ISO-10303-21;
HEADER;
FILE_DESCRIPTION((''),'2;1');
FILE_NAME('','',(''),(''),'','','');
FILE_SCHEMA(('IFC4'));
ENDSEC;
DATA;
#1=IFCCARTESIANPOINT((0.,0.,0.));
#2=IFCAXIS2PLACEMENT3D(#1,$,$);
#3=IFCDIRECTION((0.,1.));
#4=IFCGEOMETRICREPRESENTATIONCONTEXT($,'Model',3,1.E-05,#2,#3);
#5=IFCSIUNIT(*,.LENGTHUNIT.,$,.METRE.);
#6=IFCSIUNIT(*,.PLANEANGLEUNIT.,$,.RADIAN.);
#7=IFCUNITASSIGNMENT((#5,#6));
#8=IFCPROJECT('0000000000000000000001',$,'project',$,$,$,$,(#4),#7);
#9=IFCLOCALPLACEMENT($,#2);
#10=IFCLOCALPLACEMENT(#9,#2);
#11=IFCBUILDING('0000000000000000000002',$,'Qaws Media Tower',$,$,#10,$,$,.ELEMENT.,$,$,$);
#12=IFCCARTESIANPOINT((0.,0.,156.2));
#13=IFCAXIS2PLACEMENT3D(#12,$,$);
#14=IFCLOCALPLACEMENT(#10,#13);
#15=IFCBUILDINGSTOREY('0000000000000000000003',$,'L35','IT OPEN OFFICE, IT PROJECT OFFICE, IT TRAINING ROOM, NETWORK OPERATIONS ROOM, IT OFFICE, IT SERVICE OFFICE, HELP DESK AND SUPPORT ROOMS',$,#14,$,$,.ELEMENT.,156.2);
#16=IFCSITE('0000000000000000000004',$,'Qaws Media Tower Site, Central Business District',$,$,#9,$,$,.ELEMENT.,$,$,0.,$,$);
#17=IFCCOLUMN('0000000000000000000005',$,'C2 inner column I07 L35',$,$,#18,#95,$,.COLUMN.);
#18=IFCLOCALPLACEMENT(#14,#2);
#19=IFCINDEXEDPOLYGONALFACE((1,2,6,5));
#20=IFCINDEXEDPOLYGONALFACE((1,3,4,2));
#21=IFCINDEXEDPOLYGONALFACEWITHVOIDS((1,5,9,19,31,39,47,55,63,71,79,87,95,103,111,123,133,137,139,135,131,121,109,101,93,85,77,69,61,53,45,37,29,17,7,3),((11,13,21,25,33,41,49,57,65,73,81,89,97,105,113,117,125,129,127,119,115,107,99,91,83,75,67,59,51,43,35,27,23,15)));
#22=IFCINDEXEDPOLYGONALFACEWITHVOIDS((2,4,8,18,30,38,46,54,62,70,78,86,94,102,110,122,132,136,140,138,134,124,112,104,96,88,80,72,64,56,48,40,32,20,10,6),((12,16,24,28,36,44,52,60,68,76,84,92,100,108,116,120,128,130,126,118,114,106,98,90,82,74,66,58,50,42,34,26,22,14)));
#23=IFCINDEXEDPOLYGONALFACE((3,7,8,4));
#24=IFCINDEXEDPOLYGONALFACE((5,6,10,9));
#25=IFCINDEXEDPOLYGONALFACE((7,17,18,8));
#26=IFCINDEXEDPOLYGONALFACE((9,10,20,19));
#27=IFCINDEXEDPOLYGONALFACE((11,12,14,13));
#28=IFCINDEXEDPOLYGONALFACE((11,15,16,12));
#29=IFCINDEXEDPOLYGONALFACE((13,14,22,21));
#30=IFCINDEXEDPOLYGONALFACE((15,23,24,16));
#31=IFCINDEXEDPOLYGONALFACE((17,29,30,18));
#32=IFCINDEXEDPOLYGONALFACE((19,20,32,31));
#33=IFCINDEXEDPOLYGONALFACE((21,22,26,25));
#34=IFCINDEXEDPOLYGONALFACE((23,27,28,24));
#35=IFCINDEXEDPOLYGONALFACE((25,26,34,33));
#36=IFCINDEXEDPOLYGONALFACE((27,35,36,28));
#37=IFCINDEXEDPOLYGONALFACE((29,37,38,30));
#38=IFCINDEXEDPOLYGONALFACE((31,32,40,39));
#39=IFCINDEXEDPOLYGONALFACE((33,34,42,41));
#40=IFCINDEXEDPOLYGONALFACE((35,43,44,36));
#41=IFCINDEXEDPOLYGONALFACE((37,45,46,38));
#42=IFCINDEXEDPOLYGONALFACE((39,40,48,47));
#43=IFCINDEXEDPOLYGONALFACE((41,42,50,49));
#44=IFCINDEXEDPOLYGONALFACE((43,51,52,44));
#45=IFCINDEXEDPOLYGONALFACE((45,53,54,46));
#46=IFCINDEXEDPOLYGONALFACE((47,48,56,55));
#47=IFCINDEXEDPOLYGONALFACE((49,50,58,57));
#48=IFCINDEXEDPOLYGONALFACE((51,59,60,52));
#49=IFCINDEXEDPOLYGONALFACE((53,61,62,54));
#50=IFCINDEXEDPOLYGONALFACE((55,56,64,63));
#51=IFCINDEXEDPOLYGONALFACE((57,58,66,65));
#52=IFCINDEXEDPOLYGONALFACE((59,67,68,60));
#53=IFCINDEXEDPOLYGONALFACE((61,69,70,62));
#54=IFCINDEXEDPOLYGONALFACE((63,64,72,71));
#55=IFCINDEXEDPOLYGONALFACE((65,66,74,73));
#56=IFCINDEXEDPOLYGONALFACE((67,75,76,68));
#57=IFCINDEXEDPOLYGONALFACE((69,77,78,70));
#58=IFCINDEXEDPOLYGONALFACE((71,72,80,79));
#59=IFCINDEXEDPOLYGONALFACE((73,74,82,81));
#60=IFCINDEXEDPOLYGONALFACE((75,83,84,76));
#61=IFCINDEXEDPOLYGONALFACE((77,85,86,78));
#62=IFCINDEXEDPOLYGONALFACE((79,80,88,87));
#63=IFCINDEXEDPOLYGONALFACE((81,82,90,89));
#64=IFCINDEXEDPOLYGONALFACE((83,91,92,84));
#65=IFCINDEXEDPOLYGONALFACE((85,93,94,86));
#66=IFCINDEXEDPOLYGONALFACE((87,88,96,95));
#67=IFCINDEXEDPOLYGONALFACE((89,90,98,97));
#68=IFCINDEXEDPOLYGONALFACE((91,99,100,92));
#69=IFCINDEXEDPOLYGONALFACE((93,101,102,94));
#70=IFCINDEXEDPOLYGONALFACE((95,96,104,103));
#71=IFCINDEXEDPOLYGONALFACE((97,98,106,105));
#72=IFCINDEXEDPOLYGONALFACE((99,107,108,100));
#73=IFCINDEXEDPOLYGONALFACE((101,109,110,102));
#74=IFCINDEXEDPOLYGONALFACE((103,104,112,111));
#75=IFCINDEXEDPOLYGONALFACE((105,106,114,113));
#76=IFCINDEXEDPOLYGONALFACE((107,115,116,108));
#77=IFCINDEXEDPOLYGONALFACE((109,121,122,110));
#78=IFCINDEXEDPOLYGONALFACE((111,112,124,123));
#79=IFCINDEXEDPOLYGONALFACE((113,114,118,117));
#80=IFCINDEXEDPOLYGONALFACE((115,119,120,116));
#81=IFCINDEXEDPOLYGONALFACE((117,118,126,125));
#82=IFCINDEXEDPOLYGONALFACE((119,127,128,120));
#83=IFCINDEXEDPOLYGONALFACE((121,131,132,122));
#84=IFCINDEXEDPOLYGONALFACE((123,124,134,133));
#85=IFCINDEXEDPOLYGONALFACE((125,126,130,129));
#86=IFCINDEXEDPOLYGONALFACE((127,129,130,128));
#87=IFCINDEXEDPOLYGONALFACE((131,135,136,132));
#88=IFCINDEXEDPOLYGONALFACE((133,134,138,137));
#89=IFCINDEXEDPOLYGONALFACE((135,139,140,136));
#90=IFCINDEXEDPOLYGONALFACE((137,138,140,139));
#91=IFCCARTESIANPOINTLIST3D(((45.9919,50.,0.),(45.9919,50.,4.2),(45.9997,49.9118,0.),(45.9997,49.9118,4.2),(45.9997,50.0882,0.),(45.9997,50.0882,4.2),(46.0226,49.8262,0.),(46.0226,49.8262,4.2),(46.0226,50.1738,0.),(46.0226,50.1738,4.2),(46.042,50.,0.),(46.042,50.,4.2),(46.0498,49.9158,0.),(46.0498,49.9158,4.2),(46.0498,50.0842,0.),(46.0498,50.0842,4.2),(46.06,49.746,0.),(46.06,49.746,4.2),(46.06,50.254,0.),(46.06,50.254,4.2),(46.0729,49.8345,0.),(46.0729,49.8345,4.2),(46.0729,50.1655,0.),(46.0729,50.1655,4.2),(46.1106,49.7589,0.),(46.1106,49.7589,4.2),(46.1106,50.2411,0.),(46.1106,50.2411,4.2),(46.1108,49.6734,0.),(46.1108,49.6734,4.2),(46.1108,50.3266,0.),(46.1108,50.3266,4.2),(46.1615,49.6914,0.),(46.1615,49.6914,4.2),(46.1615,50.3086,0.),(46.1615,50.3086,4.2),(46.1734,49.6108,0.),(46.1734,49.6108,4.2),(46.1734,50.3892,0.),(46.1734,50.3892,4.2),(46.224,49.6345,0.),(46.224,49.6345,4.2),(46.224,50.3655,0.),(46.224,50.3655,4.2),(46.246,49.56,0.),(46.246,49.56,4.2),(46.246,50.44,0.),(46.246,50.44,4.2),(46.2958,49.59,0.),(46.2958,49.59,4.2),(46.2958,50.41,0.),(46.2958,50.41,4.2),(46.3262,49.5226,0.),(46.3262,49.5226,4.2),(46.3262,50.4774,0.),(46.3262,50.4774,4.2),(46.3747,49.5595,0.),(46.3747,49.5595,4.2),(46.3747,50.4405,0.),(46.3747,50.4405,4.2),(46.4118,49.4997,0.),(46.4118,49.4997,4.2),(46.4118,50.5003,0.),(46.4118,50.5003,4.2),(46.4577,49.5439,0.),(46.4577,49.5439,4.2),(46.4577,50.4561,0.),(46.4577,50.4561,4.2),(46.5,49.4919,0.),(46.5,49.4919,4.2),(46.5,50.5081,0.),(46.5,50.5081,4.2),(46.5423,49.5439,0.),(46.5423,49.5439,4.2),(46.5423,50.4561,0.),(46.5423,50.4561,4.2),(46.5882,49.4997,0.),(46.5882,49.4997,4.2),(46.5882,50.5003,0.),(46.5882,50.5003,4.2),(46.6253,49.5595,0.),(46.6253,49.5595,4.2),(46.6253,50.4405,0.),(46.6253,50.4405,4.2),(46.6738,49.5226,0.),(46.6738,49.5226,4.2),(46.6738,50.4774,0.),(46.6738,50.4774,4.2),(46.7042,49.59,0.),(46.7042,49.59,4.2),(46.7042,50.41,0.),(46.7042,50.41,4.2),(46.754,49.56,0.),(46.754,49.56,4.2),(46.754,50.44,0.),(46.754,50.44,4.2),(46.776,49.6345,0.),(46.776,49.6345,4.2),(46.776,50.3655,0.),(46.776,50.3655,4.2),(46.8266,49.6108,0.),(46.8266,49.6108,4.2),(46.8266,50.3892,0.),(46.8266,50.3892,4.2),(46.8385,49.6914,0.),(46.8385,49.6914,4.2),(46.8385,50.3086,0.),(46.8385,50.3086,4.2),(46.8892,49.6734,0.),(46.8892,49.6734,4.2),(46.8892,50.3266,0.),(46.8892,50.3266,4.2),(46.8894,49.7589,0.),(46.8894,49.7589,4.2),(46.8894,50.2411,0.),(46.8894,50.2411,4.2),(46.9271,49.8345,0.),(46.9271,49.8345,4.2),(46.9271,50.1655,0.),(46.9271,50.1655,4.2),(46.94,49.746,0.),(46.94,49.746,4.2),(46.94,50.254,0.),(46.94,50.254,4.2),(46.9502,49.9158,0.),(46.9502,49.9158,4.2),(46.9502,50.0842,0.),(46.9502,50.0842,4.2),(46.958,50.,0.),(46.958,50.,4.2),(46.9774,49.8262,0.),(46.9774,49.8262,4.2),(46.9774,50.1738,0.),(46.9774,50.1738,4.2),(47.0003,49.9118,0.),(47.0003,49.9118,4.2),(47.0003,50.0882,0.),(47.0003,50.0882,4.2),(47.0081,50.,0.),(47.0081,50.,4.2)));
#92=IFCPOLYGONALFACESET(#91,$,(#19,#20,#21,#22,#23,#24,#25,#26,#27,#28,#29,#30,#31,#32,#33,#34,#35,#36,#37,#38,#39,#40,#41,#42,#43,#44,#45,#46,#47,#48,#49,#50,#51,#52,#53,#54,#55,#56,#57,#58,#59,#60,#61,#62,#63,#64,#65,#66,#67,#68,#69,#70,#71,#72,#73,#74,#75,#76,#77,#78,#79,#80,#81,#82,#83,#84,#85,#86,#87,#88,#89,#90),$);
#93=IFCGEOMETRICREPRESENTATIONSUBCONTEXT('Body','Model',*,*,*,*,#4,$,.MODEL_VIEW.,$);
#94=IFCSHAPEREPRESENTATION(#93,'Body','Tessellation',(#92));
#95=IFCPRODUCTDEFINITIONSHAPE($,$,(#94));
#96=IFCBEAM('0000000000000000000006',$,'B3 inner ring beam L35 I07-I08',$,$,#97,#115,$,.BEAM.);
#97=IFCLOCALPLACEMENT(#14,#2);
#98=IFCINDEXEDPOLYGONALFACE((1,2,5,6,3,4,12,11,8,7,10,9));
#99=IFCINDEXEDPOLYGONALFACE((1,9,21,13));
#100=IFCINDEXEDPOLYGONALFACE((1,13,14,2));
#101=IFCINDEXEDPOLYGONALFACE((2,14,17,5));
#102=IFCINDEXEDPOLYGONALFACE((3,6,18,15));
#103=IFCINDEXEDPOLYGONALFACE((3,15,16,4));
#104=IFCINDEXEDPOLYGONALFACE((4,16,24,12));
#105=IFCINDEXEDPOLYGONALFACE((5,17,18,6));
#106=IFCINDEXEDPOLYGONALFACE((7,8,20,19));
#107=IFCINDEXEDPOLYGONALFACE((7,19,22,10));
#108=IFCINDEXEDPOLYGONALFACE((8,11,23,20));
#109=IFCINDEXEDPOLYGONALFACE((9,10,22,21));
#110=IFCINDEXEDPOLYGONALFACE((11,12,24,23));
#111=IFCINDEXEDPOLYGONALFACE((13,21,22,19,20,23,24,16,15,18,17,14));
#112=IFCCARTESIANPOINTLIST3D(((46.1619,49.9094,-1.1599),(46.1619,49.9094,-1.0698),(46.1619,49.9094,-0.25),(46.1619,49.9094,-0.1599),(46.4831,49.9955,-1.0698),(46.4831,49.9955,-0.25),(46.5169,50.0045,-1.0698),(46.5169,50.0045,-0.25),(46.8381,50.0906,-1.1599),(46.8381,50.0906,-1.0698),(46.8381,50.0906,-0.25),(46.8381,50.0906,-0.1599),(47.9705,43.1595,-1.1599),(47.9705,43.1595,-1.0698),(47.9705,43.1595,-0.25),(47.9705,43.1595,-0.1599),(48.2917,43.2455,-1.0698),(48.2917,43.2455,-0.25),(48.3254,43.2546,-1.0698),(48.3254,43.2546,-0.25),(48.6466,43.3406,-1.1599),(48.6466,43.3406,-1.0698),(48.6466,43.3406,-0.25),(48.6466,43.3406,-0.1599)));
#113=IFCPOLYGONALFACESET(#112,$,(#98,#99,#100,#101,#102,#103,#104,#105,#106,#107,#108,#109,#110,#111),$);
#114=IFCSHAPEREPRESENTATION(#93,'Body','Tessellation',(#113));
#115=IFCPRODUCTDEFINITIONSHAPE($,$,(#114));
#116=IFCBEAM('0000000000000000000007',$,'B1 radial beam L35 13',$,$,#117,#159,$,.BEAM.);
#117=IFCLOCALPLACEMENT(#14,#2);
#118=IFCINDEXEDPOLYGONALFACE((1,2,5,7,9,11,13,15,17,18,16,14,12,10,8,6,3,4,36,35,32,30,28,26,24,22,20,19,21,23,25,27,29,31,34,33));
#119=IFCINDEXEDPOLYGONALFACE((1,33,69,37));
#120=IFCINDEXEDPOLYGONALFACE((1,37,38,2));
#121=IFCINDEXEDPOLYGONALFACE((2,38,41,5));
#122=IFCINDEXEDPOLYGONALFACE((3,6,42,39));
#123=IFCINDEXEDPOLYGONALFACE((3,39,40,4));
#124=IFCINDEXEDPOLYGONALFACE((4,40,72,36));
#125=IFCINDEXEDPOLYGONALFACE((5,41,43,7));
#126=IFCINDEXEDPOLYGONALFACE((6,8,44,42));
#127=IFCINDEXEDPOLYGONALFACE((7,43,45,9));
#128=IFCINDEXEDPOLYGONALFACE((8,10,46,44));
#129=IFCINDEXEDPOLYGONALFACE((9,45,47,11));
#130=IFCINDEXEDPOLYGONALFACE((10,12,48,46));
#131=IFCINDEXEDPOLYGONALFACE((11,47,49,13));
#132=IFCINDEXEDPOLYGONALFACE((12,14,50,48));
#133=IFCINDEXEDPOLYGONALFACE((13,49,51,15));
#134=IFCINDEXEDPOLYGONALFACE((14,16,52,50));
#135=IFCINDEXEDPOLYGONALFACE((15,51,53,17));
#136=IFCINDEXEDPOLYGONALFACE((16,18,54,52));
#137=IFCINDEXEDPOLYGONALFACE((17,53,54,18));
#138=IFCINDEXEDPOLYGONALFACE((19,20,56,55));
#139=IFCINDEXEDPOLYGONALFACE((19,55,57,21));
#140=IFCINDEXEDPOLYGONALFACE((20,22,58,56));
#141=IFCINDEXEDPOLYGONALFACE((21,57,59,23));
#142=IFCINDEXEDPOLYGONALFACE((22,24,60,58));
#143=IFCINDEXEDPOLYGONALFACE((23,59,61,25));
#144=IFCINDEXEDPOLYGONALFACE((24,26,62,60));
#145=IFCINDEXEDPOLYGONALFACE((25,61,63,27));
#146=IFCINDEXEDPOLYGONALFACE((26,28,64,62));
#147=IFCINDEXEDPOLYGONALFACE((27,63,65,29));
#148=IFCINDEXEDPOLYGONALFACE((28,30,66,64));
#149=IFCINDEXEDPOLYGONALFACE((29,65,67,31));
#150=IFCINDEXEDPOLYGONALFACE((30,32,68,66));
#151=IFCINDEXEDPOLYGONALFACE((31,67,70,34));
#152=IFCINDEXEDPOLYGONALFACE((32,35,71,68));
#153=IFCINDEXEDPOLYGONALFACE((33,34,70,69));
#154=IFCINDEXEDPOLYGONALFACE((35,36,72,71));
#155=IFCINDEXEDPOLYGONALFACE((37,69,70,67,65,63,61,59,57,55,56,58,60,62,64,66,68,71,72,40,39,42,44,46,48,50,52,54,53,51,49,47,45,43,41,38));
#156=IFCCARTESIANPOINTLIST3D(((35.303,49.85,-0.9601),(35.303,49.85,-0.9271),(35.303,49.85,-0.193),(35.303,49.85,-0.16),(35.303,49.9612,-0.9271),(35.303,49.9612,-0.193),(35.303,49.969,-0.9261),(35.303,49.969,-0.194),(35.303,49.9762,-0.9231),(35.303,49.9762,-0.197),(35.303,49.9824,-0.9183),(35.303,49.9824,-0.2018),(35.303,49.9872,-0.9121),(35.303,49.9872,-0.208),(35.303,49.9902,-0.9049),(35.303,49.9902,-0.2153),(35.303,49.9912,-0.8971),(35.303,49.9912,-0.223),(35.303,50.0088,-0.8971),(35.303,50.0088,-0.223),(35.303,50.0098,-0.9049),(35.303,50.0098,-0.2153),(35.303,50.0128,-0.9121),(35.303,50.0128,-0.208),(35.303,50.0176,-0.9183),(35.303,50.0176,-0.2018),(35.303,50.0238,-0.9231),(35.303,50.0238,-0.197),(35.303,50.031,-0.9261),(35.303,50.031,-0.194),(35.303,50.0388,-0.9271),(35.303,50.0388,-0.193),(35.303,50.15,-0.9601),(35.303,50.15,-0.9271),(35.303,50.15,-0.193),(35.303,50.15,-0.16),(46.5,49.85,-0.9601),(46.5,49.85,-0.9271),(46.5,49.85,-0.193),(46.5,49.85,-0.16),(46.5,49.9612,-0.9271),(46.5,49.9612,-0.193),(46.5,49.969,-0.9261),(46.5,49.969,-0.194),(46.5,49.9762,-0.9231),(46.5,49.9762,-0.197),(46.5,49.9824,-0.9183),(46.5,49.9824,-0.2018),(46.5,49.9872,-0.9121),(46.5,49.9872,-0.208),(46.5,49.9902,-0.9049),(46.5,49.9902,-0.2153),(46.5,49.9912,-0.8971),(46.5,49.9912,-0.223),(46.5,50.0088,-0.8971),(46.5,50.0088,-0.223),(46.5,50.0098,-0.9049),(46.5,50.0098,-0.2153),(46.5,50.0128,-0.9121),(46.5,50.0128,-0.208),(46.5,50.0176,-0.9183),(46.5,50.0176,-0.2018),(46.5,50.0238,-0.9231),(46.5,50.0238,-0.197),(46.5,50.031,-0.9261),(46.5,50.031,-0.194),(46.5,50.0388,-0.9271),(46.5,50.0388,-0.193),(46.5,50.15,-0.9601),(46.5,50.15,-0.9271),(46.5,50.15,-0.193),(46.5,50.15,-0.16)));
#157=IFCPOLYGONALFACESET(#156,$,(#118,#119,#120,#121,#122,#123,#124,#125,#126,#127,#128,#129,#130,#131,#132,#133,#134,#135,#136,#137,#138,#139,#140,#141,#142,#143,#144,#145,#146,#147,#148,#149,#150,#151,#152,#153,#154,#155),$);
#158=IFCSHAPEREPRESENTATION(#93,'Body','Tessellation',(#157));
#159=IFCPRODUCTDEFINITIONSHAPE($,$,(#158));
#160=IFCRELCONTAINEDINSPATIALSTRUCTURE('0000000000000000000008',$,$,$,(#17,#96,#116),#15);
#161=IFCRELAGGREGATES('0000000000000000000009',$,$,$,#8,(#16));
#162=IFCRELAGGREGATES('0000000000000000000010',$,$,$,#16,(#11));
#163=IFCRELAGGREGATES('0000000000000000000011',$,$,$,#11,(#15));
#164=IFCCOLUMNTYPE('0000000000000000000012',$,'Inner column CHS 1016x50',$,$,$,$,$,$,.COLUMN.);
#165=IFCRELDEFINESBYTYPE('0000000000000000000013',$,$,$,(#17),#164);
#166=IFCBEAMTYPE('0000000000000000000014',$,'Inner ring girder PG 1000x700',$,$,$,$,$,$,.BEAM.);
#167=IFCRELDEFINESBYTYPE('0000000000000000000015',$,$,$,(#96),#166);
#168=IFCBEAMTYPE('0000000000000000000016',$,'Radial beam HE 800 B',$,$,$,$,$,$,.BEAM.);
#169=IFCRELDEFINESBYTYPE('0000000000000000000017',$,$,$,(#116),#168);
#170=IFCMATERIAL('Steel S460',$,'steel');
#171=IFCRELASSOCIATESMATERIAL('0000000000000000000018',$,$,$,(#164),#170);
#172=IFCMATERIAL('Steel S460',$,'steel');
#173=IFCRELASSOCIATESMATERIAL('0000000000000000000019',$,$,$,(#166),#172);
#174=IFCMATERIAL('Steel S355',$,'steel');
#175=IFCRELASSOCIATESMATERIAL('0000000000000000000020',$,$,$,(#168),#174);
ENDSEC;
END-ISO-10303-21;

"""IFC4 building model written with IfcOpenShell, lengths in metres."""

from ifc_helpers import new_model, si_unit, direction, frame, origin, origin_2d, place, context, subcontext, project, spatial, hollow_circle, i_section, extrude, material, material_profile, profile_set, type_object, element, save


model = new_model("IFC4")

# Units and contexts
model_context = context("Model", 3, precision=1e-05, world=origin(), true_north=direction((0.0, 1.0)))
body_context = subcontext(model_context, "Body", "Model", "MODEL_VIEW")
ifc_project = project(units=[si_unit("LENGTHUNIT", "METRE"), si_unit("PLANEANGLEUNIT", "RADIAN")], contexts=[model_context])

# Site, building, storey
site_placement = place(None, origin())
site = spatial("IfcSite", under=ifc_project, at=site_placement, Name="Qaws Media Tower Site, Central Business District", CompositionType="ELEMENT", RefElevation=0.0)
building_placement = place(site_placement, origin())
building = spatial("IfcBuilding", under=site, at=building_placement, Name="Qaws Media Tower", CompositionType="ELEMENT")
storey_placement = place(building_placement, frame((0.0, 0.0, 156.2)))
storey = spatial("IfcBuildingStorey", under=building, at=storey_placement, Name="L35", Description="IT OPEN OFFICE, IT PROJECT OFFICE, IT TRAINING ROOM, NETWORK OPERATIONS ROOM, IT OFFICE, IT SERVICE OFFICE, HELP DESK AND SUPPORT ROOMS", CompositionType="ELEMENT", Elevation=156.2)

# Column
ifc_material_1 = material(Name="Steel S460", Category="steel")
ifc_material_profile_1 = material_profile(ifc_material_1, hollow_circle(Radius=0.5081, WallThickness=0.05, at=origin_2d()), Name="CHS 1016x50")
ifc_profile_set_1 = profile_set([ifc_material_profile_1], Name="Steel S460")
column_type = type_object("IfcColumnType", Name="Inner column CHS 1016x50", PredefinedType="COLUMN", material=ifc_profile_set_1)
column_placement = place(storey_placement, frame((46.5, 50.0, 0.0), z_axis=(0.0, 0.0, 1.0), x_axis=(1.0, 0.0, 0.0)))
element("IfcColumn", 1, at=column_placement, inside=storey, type_object=column_type, Name="C2 inner column I07 L35", PredefinedType="COLUMN", context=body_context, shape_type="SweptSolid", body=[
    extrude(hollow_circle(Radius=0.5081, WallThickness=0.05, at=origin_2d()), origin(), (0.0, 0.0, 1.0), 4.2),
])

# Beams
ifc_material_2 = material(Name="Steel S460", Category="steel")
ifc_material_profile_2 = material_profile(ifc_material_2, i_section(OverallWidth=0.7, OverallDepth=1.0, WebThickness=0.0349, FlangeThickness=0.0901, at=origin_2d()), Name="PG 1000x700")
ifc_profile_set_2 = profile_set([ifc_material_profile_2], Name="Steel S460")
beam_type_1 = type_object("IfcBeamType", Name="Inner ring girder PG 1000x700", PredefinedType="BEAM", material=ifc_profile_set_2)
beam_1_placement = place(storey_placement, frame((46.5, 50.0, -0.6599), z_axis=(0.258811, -0.965928, 0.0), x_axis=(0.965928, 0.258811, 0.0)))
element("IfcBeam", 2, at=beam_1_placement, inside=storey, type_object=beam_type_1, Name="B3 inner ring beam L35 I07-I08", PredefinedType="BEAM", context=body_context, shape_type="SweptSolid", body=[
    extrude(i_section(OverallWidth=0.7, OverallDepth=1.0, WebThickness=0.0349, FlangeThickness=0.0901, at=origin_2d()), origin(), (0.0, 0.0, 1.0), 6.988),
])
ifc_material_3 = material(Name="Steel S355", Category="steel")
ifc_material_profile_3 = material_profile(ifc_material_3, i_section(OverallWidth=0.3, OverallDepth=0.8, WebThickness=0.0176, FlangeThickness=0.033, FilletRadius=0.03, at=origin_2d()), Name="HE 800 B")
ifc_profile_set_3 = profile_set([ifc_material_profile_3], Name="Steel S355")
beam_type_2 = type_object("IfcBeamType", Name="Radial beam HE 800 B", PredefinedType="BEAM", material=ifc_profile_set_3)
beam_2_placement = place(storey_placement, frame((46.5, 50.0, -0.5601), z_axis=(-1.0, 0.0, 0.0), x_axis=(0.0, -1.0, 0.0)))
element("IfcBeam", 3, at=beam_2_placement, inside=storey, type_object=beam_type_2, Name="B1 radial beam L35 13", PredefinedType="BEAM", context=body_context, shape_type="SweptSolid", body=[
    extrude(i_section(OverallWidth=0.3, OverallDepth=0.8, WebThickness=0.0176, FlangeThickness=0.033, FilletRadius=0.03, at=origin_2d()), origin(), (0.0, 0.0, 1.0), 11.197),
])

save(model, "model.ifc")
